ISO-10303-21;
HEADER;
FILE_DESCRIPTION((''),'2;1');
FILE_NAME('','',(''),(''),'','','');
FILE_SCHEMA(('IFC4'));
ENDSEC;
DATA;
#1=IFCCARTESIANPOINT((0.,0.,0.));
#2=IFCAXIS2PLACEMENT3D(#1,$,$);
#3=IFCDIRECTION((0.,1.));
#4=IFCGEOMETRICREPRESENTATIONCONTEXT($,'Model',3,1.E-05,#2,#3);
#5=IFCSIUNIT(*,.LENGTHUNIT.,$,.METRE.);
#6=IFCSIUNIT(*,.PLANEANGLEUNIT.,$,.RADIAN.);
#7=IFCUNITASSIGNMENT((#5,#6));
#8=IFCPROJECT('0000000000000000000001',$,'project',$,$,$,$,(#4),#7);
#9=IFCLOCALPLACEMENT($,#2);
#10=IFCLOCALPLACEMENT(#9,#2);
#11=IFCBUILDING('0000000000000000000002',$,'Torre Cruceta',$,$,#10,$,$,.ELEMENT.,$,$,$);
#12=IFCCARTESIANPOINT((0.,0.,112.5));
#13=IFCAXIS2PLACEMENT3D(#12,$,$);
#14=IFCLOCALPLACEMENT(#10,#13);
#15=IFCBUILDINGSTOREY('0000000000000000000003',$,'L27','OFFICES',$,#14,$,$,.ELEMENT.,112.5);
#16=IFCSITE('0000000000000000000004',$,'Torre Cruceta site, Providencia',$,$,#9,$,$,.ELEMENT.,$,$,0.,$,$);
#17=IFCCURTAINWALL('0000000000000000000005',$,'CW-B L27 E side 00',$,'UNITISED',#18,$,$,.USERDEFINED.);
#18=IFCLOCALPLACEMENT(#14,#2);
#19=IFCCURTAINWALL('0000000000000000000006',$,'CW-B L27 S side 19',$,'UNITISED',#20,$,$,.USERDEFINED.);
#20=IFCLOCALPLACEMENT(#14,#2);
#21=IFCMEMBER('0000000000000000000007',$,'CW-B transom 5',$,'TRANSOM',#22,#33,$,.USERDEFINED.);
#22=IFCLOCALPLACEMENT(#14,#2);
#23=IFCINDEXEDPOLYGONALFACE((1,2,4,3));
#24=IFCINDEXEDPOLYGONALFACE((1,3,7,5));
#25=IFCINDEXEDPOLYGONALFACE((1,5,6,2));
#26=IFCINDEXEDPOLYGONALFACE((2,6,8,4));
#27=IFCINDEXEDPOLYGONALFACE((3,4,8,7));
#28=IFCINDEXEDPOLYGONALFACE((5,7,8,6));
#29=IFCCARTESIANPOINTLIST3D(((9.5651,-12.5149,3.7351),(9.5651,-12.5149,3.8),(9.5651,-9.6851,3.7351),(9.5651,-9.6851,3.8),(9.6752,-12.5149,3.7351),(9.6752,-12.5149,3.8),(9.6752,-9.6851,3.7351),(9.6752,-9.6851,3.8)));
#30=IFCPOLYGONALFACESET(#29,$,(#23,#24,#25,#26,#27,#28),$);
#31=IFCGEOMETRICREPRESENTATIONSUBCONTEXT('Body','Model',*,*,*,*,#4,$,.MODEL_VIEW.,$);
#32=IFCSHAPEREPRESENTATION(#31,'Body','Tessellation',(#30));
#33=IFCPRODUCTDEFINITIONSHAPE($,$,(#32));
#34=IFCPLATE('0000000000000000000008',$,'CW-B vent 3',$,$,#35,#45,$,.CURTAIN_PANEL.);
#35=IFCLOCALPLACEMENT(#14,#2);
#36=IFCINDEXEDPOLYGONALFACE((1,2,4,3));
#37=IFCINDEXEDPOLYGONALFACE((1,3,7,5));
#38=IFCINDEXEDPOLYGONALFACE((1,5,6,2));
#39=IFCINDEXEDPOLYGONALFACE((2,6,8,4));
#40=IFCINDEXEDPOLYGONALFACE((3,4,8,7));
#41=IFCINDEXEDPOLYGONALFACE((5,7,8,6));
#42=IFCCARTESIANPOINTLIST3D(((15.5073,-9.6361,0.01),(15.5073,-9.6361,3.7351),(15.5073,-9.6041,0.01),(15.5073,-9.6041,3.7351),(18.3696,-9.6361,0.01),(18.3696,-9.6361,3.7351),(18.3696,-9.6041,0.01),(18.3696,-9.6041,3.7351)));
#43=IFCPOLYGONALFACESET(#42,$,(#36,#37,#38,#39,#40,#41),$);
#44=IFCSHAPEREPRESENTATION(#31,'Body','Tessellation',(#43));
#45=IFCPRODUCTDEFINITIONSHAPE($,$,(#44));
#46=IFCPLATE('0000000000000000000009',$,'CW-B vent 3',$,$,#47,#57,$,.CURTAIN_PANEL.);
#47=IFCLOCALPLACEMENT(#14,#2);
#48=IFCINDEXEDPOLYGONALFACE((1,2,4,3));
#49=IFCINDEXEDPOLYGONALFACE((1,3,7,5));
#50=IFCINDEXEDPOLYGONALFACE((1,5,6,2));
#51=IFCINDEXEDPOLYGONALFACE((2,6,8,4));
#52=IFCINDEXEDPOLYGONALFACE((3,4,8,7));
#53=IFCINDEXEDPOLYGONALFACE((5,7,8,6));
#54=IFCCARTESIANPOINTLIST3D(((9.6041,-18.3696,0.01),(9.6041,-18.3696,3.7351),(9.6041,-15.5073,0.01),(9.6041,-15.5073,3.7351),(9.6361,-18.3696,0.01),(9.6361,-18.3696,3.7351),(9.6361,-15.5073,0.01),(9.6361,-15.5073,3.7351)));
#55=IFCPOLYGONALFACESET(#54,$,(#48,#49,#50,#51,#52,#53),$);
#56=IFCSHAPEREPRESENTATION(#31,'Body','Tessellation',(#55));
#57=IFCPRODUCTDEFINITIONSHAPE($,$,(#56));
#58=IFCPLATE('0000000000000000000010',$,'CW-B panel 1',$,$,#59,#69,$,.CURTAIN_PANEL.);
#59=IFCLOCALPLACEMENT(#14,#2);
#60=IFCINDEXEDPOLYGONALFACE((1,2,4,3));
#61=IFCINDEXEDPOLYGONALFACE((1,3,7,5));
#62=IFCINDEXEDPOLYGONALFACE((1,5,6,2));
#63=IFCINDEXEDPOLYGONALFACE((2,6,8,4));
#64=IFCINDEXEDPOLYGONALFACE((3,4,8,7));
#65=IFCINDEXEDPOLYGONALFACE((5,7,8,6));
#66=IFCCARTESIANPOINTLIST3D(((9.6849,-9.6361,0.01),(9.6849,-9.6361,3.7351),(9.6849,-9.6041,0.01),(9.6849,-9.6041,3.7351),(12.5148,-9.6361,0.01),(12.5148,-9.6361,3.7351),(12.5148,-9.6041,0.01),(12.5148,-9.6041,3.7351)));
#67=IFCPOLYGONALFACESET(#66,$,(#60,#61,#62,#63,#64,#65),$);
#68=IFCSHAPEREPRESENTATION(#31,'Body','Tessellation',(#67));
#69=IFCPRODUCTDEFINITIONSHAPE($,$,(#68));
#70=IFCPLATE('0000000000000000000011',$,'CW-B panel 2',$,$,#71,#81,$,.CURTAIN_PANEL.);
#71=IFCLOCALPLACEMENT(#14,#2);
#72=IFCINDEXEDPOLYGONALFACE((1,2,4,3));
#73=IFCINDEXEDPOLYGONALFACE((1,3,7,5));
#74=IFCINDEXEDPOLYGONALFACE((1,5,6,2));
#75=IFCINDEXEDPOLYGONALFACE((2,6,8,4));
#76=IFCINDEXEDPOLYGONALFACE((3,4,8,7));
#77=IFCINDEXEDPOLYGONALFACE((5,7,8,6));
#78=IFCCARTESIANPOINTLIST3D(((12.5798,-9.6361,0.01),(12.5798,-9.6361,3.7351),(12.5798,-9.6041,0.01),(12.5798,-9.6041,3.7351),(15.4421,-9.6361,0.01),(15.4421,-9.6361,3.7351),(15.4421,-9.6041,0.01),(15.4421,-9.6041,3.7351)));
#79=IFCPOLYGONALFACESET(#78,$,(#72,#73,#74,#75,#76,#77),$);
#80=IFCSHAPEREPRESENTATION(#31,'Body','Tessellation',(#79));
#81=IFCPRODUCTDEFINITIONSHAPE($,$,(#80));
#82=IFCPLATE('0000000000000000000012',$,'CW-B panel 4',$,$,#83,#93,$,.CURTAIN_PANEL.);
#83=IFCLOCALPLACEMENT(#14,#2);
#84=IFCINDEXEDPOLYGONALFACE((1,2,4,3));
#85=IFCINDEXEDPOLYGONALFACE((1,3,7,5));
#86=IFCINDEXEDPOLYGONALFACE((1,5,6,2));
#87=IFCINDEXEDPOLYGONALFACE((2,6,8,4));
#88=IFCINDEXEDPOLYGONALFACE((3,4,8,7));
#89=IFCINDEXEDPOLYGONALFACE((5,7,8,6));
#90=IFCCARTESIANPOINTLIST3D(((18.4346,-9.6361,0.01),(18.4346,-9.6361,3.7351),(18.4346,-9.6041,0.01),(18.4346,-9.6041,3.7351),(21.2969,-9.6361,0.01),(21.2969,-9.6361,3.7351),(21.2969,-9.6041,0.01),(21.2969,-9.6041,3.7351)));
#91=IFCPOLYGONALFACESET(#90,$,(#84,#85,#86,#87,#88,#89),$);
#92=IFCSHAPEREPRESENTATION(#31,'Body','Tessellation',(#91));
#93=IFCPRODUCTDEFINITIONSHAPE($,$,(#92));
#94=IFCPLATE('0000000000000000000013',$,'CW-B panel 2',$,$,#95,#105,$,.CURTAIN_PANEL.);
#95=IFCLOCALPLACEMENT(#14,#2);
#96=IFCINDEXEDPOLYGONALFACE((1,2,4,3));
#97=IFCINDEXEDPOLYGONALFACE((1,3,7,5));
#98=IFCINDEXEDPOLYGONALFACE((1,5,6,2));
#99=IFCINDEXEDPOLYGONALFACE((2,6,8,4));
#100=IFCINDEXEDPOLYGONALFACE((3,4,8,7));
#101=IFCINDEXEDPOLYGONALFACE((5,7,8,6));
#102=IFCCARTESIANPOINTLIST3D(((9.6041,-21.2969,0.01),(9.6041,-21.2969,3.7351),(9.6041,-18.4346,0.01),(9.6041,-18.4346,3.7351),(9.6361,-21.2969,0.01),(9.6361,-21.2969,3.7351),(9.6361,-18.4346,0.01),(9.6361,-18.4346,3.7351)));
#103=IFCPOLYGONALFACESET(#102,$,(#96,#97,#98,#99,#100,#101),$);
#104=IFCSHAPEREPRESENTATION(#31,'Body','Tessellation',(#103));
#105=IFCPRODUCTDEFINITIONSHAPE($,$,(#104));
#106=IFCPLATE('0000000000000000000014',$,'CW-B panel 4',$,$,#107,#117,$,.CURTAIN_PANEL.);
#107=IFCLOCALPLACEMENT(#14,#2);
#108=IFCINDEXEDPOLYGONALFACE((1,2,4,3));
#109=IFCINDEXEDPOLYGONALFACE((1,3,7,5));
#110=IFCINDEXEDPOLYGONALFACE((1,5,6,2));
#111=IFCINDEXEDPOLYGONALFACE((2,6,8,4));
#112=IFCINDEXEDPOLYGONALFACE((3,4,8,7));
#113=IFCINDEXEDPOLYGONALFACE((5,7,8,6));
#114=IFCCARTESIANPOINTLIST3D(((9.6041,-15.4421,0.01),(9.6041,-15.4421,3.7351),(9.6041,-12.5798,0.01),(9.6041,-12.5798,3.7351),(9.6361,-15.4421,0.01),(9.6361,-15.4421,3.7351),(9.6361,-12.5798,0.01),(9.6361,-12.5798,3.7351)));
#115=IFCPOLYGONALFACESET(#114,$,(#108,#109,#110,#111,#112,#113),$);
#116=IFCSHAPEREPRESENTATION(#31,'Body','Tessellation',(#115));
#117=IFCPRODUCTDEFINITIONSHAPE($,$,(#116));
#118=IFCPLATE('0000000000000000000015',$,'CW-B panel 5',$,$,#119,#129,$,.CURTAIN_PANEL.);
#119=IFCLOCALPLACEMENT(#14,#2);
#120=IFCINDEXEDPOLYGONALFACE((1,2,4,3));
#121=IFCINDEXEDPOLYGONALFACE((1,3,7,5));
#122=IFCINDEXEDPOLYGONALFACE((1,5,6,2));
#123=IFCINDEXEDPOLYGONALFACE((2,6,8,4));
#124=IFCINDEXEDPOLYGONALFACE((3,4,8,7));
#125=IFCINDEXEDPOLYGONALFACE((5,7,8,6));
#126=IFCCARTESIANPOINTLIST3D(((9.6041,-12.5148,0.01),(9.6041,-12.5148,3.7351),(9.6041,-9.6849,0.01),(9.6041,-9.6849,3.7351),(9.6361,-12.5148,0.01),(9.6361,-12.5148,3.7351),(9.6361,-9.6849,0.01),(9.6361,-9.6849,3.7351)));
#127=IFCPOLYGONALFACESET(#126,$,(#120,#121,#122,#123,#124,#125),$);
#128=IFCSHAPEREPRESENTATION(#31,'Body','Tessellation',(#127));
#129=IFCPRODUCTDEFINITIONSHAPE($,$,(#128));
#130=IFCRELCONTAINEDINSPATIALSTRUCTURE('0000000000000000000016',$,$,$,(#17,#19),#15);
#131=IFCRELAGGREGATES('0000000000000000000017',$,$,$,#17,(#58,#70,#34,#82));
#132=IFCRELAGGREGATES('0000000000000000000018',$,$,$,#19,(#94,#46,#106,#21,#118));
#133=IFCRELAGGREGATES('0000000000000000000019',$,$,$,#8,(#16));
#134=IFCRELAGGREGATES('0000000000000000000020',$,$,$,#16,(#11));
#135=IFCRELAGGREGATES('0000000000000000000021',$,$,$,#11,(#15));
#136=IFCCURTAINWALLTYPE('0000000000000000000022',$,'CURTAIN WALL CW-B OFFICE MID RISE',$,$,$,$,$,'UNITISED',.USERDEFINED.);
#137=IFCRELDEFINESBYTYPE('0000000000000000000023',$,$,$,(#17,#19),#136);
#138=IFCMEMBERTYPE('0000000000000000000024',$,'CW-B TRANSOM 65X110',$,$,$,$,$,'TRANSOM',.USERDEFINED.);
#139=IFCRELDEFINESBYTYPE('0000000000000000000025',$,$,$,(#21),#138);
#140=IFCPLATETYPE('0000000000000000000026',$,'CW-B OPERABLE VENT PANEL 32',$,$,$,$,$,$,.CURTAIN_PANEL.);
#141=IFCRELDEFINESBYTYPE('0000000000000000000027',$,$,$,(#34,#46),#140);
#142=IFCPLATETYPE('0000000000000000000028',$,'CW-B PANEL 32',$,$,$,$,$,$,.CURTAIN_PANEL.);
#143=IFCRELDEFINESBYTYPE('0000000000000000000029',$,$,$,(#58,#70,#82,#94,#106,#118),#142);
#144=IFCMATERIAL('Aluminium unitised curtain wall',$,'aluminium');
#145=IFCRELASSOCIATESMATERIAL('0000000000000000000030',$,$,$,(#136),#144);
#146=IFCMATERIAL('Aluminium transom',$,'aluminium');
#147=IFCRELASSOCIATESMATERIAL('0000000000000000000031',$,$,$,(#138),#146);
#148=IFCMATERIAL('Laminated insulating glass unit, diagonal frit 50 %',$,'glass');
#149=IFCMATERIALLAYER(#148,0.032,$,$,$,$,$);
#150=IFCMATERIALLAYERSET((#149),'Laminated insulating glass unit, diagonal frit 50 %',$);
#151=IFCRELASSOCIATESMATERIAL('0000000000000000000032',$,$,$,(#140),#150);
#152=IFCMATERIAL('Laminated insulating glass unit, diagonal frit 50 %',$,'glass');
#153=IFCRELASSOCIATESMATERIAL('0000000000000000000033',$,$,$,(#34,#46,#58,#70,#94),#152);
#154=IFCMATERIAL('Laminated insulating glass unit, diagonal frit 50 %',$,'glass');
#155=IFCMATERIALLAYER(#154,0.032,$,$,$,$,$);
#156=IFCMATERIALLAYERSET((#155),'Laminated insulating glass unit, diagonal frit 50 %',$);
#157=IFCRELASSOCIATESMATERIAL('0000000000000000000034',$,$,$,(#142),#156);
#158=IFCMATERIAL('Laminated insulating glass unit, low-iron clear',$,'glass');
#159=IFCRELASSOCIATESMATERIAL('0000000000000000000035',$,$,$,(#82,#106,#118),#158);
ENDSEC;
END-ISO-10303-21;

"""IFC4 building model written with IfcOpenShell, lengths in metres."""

from ifc_helpers import new_model, si_unit, direction, frame, origin, origin_2d, place, context, subcontext, project, spatial, rectangle, extrude, material, layer, layer_set, material_profile, profile_set, type_object, element, aggregate, save


model = new_model("IFC4")

# Units and contexts
model_context = context("Model", 3, precision=1e-05, world=origin(), true_north=direction((0.0, 1.0)))
body_context = subcontext(model_context, "Body", "Model", "MODEL_VIEW")
ifc_project = project(units=[si_unit("LENGTHUNIT", "METRE"), si_unit("PLANEANGLEUNIT", "RADIAN")], contexts=[model_context])

# Site, building, storey
site_placement = place(None, origin())
site = spatial("IfcSite", under=ifc_project, at=site_placement, Name="Torre Cruceta site, Providencia", CompositionType="ELEMENT", RefElevation=0.0)
building_placement = place(site_placement, origin())
building = spatial("IfcBuilding", under=site, at=building_placement, Name="Torre Cruceta", CompositionType="ELEMENT")
storey_placement = place(building_placement, frame((0.0, 0.0, 112.5)))
storey = spatial("IfcBuildingStorey", under=building, at=storey_placement, Name="L27", Description="OFFICES", CompositionType="ELEMENT", Elevation=112.5)

# Curtain walls
ifc_material_1 = material(Name="Aluminium unitised curtain wall", Category="aluminium")
curtain_wall_type = type_object("IfcCurtainWallType", Name="CURTAIN WALL CW-B OFFICE MID RISE", ElementType="UNITISED", PredefinedType="USERDEFINED", material=ifc_material_1)
curtain_wall_1_placement = place(storey_placement, origin())
curtain_wall_1 = element("IfcCurtainWall", 1, at=curtain_wall_1_placement, inside=storey, type_object=curtain_wall_type, Name="CW-B L27 E side 00", ObjectType="UNITISED", PredefinedType="USERDEFINED")
curtain_wall_2_placement = place(storey_placement, origin())
curtain_wall_2 = element("IfcCurtainWall", 2, at=curtain_wall_2_placement, inside=storey, type_object=curtain_wall_type, Name="CW-B L27 S side 19", ObjectType="UNITISED", PredefinedType="USERDEFINED")

# Member
ifc_material_2 = material(Name="Aluminium transom", Category="aluminium")
ifc_material_profile_1 = material_profile(ifc_material_2, rectangle(XDim=0.1101, YDim=0.0649, at=origin_2d()), Name="AL 110X65")
ifc_profile_set_1 = profile_set([ifc_material_profile_1], Name="Aluminium transom")
member_type_1 = type_object("IfcMemberType", Name="CW-B TRANSOM 65X110", ElementType="TRANSOM", PredefinedType="USERDEFINED", material=ifc_profile_set_1)
member_1_placement = place(storey_placement, frame((9.6201, -12.5149, 3.7676), z_axis=(0.0, 1.0, 0.0), x_axis=(-1.0, 0.0, 0.0)))
member_1 = element("IfcMember", 3, at=member_1_placement, type_object=member_type_1, Name="CW-B transom 5", ObjectType="TRANSOM", PredefinedType="USERDEFINED", context=body_context, shape_type="SweptSolid", body=[
    extrude(rectangle(XDim=0.1101, YDim=0.0649, at=origin_2d()), origin(), (0.0, 0.0, 1.0), 2.8298),
])

# Plates
ifc_material_3 = material(Name="Laminated insulating glass unit, diagonal frit 50 %", Category="glass")
ifc_material_4 = material(Name="Laminated insulating glass unit, diagonal frit 50 %", Category="glass")
ifc_layer_1 = layer(ifc_material_4, 0.032)
ifc_layer_set_1 = layer_set([ifc_layer_1], Name="Laminated insulating glass unit, diagonal frit 50 %")
plate_type_1 = type_object("IfcPlateType", Name="CW-B OPERABLE VENT PANEL 32", PredefinedType="CURTAIN_PANEL", material=ifc_layer_set_1)
plate_1_placement = place(storey_placement, frame((16.9385, -9.6201, 0.01), z_axis=(0.0, 0.0, 1.0), x_axis=(1.0, 0.0, 0.0)))
plate_1 = element("IfcPlate", 4, at=plate_1_placement, type_object=plate_type_1, material=ifc_material_3, Name="CW-B vent 3", PredefinedType="CURTAIN_PANEL", context=body_context, shape_type="SweptSolid", body=[
    extrude(rectangle(XDim=2.8623, YDim=0.032, at=origin_2d()), origin(), (0.0, 0.0, 1.0), 3.7251),
])
plate_2_placement = place(storey_placement, frame((9.6201, -16.9385, 0.01), z_axis=(0.0, 0.0, 1.0), x_axis=(0.0, 1.0, 0.0)))
plate_2 = element("IfcPlate", 5, at=plate_2_placement, type_object=plate_type_1, material=ifc_material_3, Name="CW-B vent 3", PredefinedType="CURTAIN_PANEL", context=body_context, shape_type="SweptSolid", body=[
    extrude(rectangle(XDim=2.8623, YDim=0.032, at=origin_2d()), origin(), (0.0, 0.0, 1.0), 3.7251),
])
ifc_material_5 = material(Name="Laminated insulating glass unit, diagonal frit 50 %", Category="glass")
ifc_layer_2 = layer(ifc_material_5, 0.032)
ifc_layer_set_2 = layer_set([ifc_layer_2], Name="Laminated insulating glass unit, diagonal frit 50 %")
plate_type_2 = type_object("IfcPlateType", Name="CW-B PANEL 32", PredefinedType="CURTAIN_PANEL", material=ifc_layer_set_2)
plate_3_placement = place(storey_placement, frame((11.0999, -9.6201, 0.01), z_axis=(0.0, 0.0, 1.0), x_axis=(1.0, 0.0, 0.0)))
plate_3 = element("IfcPlate", 6, at=plate_3_placement, type_object=plate_type_2, material=ifc_material_3, Name="CW-B panel 1", PredefinedType="CURTAIN_PANEL", context=body_context, shape_type="SweptSolid", body=[
    extrude(rectangle(XDim=2.8298, YDim=0.032, at=origin_2d()), origin(), (0.0, 0.0, 1.0), 3.7251),
])
plate_4_placement = place(storey_placement, frame((14.011, -9.6201, 0.01), z_axis=(0.0, 0.0, 1.0), x_axis=(1.0, 0.0, 0.0)))
plate_4 = element("IfcPlate", 7, at=plate_4_placement, type_object=plate_type_2, material=ifc_material_3, Name="CW-B panel 2", PredefinedType="CURTAIN_PANEL", context=body_context, shape_type="SweptSolid", body=[
    extrude(rectangle(XDim=2.8623, YDim=0.032, at=origin_2d()), origin(), (0.0, 0.0, 1.0), 3.7251),
])
ifc_material_6 = material(Name="Laminated insulating glass unit, low-iron clear", Category="glass")
plate_5_placement = place(storey_placement, frame((19.8657, -9.6201, 0.01), z_axis=(0.0, 0.0, 1.0), x_axis=(1.0, 0.0, 0.0)))
plate_5 = element("IfcPlate", 8, at=plate_5_placement, type_object=plate_type_2, material=ifc_material_6, Name="CW-B panel 4", PredefinedType="CURTAIN_PANEL", context=body_context, shape_type="SweptSolid", body=[
    extrude(rectangle(XDim=2.8623, YDim=0.032, at=origin_2d()), origin(), (0.0, 0.0, 1.0), 3.7251),
])
aggregate(curtain_wall_1, [plate_3, plate_4, plate_1, plate_5])
plate_6_placement = place(storey_placement, frame((9.6201, -19.8657, 0.01), z_axis=(0.0, 0.0, 1.0), x_axis=(0.0, 1.0, 0.0)))
plate_6 = element("IfcPlate", 9, at=plate_6_placement, type_object=plate_type_2, material=ifc_material_3, Name="CW-B panel 2", PredefinedType="CURTAIN_PANEL", context=body_context, shape_type="SweptSolid", body=[
    extrude(rectangle(XDim=2.8623, YDim=0.032, at=origin_2d()), origin(), (0.0, 0.0, 1.0), 3.7251),
])
plate_7_placement = place(storey_placement, frame((9.6201, -14.011, 0.01), z_axis=(0.0, 0.0, 1.0), x_axis=(0.0, 1.0, 0.0)))
plate_7 = element("IfcPlate", 10, at=plate_7_placement, type_object=plate_type_2, material=ifc_material_6, Name="CW-B panel 4", PredefinedType="CURTAIN_PANEL", context=body_context, shape_type="SweptSolid", body=[
    extrude(rectangle(XDim=2.8623, YDim=0.032, at=origin_2d()), origin(), (0.0, 0.0, 1.0), 3.7251),
])
plate_8_placement = place(storey_placement, frame((9.6201, -11.0999, 0.01), z_axis=(0.0, 0.0, 1.0), x_axis=(0.0, 1.0, 0.0)))
plate_8 = element("IfcPlate", 11, at=plate_8_placement, type_object=plate_type_2, material=ifc_material_6, Name="CW-B panel 5", PredefinedType="CURTAIN_PANEL", context=body_context, shape_type="SweptSolid", body=[
    extrude(rectangle(XDim=2.8298, YDim=0.032, at=origin_2d()), origin(), (0.0, 0.0, 1.0), 3.7251),
])
aggregate(curtain_wall_2, [plate_6, plate_2, plate_7, member_1, plate_8])

save(model, "model.ifc")
